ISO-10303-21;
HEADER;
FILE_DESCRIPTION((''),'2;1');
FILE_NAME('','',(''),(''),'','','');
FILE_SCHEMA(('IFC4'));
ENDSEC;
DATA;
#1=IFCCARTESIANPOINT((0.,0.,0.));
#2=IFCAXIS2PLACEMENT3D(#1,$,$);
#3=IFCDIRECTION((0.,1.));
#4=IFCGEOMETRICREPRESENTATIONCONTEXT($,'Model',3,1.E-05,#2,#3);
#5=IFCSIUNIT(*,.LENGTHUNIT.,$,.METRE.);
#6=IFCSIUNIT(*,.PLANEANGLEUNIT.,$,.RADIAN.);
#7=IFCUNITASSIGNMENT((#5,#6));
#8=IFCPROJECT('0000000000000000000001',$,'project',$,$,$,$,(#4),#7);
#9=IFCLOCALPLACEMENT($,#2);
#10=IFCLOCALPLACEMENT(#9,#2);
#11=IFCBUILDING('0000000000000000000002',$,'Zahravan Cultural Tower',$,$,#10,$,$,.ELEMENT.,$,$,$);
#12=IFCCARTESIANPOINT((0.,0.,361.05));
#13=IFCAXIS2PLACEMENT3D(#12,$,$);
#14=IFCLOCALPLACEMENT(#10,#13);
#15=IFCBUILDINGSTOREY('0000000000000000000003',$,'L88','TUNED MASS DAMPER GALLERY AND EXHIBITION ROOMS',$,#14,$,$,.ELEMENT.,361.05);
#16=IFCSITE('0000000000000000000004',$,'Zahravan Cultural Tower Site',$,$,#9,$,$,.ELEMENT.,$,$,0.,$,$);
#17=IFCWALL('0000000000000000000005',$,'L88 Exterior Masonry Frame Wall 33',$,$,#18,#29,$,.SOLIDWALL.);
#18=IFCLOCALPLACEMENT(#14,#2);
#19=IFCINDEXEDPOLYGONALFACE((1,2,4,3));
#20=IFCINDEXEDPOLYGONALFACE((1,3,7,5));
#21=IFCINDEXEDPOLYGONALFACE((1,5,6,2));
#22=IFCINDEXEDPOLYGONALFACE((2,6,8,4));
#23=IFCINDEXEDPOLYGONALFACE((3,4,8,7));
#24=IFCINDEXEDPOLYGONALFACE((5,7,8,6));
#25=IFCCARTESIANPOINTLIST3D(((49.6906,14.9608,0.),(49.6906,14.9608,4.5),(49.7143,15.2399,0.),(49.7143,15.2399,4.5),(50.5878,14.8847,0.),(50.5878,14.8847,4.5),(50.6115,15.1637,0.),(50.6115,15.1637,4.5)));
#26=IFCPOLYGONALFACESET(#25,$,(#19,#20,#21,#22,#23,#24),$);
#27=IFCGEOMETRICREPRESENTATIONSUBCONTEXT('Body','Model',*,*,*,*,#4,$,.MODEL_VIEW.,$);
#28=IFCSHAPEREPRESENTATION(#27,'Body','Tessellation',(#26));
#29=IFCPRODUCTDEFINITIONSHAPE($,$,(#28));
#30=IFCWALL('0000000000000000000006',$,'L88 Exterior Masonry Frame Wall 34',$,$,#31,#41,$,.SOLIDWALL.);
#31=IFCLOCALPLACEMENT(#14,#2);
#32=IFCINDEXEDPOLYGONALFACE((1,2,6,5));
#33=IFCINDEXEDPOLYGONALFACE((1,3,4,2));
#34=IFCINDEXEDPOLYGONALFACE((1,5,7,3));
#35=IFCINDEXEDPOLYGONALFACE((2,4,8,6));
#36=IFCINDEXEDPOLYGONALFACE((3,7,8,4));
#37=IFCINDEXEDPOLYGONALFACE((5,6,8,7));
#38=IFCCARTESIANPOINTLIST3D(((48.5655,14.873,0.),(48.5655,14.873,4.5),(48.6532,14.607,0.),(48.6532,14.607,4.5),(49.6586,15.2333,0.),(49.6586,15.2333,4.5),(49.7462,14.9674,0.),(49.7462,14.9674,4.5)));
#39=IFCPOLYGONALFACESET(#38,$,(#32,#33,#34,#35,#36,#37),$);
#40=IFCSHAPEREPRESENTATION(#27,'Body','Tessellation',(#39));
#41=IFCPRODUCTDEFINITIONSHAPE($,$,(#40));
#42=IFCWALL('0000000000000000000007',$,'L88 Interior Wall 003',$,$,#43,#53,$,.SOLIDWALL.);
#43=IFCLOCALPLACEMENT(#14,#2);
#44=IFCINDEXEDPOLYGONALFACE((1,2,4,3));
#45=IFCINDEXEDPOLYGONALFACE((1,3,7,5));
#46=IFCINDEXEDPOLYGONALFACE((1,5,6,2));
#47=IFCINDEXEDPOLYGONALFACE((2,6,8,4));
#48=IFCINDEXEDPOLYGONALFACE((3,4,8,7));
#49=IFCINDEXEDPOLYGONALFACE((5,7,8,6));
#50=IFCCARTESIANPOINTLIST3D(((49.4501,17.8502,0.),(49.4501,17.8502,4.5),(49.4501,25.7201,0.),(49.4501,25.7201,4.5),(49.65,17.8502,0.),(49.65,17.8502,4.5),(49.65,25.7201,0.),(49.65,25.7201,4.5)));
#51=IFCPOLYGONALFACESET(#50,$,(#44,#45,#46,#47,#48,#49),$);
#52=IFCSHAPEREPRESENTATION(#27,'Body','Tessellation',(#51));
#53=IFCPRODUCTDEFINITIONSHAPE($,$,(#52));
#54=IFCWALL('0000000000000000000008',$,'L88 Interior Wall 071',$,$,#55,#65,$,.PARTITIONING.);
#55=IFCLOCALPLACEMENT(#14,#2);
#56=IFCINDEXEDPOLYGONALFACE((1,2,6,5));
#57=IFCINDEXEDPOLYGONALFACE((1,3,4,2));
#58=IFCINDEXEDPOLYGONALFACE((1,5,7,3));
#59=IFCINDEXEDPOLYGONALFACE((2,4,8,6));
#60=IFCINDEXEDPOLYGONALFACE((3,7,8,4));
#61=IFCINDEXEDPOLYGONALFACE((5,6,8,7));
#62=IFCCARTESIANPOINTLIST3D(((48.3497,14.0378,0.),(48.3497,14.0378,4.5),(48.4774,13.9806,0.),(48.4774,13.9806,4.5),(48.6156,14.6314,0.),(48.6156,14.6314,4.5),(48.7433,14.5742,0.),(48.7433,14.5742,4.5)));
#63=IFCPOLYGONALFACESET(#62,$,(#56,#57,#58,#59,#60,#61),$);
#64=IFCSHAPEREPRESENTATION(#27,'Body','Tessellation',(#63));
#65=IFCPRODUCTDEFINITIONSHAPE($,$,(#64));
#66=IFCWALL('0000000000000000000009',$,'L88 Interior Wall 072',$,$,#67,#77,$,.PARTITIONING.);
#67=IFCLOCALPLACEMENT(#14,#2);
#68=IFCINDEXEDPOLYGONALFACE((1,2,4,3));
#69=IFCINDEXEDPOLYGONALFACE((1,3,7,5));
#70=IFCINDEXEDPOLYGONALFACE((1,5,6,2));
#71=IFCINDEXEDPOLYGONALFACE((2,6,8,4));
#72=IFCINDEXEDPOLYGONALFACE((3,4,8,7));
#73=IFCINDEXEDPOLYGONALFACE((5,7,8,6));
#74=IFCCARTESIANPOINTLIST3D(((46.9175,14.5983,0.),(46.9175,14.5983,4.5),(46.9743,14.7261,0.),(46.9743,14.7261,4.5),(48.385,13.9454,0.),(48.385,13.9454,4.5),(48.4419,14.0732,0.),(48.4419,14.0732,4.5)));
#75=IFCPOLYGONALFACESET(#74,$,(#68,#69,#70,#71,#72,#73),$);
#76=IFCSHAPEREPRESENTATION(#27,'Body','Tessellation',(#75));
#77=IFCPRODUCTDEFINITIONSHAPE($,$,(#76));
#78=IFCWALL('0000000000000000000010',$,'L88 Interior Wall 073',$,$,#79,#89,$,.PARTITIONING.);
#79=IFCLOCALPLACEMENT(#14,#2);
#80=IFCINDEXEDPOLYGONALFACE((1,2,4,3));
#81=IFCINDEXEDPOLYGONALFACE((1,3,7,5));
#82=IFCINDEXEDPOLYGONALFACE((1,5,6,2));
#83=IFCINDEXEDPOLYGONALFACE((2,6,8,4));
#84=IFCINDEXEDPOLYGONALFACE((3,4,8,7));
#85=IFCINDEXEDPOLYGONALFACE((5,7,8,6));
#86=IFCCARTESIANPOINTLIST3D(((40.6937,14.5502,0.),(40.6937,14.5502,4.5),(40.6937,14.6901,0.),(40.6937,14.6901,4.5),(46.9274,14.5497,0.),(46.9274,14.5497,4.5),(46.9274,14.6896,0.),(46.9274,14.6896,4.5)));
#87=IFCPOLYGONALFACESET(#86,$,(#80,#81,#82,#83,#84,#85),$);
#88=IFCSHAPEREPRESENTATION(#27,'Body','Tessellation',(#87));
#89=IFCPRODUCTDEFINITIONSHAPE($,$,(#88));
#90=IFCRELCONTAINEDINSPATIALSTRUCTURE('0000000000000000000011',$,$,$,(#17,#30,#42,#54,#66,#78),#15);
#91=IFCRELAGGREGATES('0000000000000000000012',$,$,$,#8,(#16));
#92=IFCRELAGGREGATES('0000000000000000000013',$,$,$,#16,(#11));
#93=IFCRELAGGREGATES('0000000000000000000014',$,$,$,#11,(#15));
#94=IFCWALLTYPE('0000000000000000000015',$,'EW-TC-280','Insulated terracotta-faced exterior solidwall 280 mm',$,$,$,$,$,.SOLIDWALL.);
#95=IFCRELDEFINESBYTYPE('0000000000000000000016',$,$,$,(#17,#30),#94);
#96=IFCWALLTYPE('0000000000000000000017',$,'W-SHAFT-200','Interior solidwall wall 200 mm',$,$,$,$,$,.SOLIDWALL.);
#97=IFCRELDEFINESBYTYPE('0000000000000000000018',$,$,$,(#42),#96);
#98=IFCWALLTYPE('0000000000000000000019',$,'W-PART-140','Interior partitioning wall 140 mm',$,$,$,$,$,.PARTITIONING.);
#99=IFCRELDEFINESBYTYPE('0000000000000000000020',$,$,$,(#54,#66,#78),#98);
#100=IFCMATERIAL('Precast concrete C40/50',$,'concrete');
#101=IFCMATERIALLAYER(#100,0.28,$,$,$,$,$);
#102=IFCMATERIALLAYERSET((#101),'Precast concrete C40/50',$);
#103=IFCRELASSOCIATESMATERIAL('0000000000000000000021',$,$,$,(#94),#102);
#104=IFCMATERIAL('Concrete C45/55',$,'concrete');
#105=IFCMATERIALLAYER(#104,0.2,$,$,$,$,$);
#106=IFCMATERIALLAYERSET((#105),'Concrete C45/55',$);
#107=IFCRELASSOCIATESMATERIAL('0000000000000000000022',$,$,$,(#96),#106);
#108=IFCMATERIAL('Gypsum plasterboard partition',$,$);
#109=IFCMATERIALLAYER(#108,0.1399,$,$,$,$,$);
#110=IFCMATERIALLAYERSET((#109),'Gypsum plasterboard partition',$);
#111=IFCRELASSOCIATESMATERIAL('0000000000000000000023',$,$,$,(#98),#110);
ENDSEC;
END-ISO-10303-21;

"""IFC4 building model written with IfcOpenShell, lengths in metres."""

from ifc_helpers import new_model, si_unit, direction, frame, frame_2d, origin, place, context, subcontext, project, spatial, rectangle, extrude, source, transform, mapped, material, layer, layer_set, type_object, element, save


model = new_model("IFC4")

# Units and contexts
model_context = context("Model", 3, precision=1e-05, world=origin(), true_north=direction((0.0, 1.0)))
body_context = subcontext(model_context, "Body", "Model", "MODEL_VIEW")
ifc_project = project(units=[si_unit("LENGTHUNIT", "METRE"), si_unit("PLANEANGLEUNIT", "RADIAN")], contexts=[model_context])

# Site, building, storey
site_placement = place(None, origin())
site = spatial("IfcSite", under=ifc_project, at=site_placement, Name="Zahravan Cultural Tower Site", CompositionType="ELEMENT", RefElevation=0.0)
building_placement = place(site_placement, origin())
building = spatial("IfcBuilding", under=site, at=building_placement, Name="Zahravan Cultural Tower", CompositionType="ELEMENT")
storey_placement = place(building_placement, frame((0.0, 0.0, 361.05)))
storey = spatial("IfcBuildingStorey", under=building, at=storey_placement, Name="L88", Description="TUNED MASS DAMPER GALLERY AND EXHIBITION ROOMS", CompositionType="ELEMENT", Elevation=361.05)

# Walls
ifc_material_1 = material(Name="Precast concrete C40/50", Category="concrete")
ifc_layer_1 = layer(ifc_material_1, 0.28)
ifc_layer_set_1 = layer_set([ifc_layer_1], Name="Precast concrete C40/50")
wall_type_1 = type_object("IfcWallType", Name="EW-TC-280", Description="Insulated terracotta-faced exterior solidwall 280 mm", PredefinedType="SOLIDWALL", material=ifc_layer_set_1)
shared_shape_1 = source(origin(), body_context, "Body", "SweptSolid", [
    extrude(rectangle(XDim=0.9004, YDim=0.28, at=frame_2d((0.4502, 0.0))), origin(), (0.0, 0.0, 1.0), 4.5),
])
wall_1_placement = place(storey_placement, frame((50.5996, 15.0242, 0.0), z_axis=(0.0, 0.0, 1.0), x_axis=(-0.996416, 0.084594, 0.0)))
element("IfcWall", 1, at=wall_1_placement, inside=storey, type_object=wall_type_1, Name="L88 Exterior Masonry Frame Wall 33", PredefinedType="SOLIDWALL", context=body_context, shape_type="MappedRepresentation", body=[
    mapped(shared_shape_1, transform((0.0, 0.0, 0.0), x_axis=(1.0, 0.0, 0.0), y_axis=(0.0, 1.0, 0.0), z_axis=(0.0, 0.0, 1.0), scale=1.0)),
])
shared_shape_2 = source(origin(), body_context, "Body", "SweptSolid", [
    extrude(rectangle(XDim=1.1509, YDim=0.28, at=frame_2d((0.5754, 0.0))), origin(), (0.0, 0.0, 1.0), 4.5),
])
wall_2_placement = place(storey_placement, frame((49.7024, 15.1003, 0.0), z_axis=(0.0, 0.0, 1.0), x_axis=(-0.949718, -0.313108, 0.0)))
element("IfcWall", 2, at=wall_2_placement, inside=storey, type_object=wall_type_1, Name="L88 Exterior Masonry Frame Wall 34", PredefinedType="SOLIDWALL", context=body_context, shape_type="MappedRepresentation", body=[
    mapped(shared_shape_2, transform((0.0, 0.0, 0.0), x_axis=(1.0, 0.0, 0.0), y_axis=(0.0, 1.0, 0.0), z_axis=(0.0, 0.0, 1.0), scale=1.0)),
])
ifc_material_2 = material(Name="Concrete C45/55", Category="concrete")
ifc_layer_2 = layer(ifc_material_2, 0.2)
ifc_layer_set_2 = layer_set([ifc_layer_2], Name="Concrete C45/55")
wall_type_2 = type_object("IfcWallType", Name="W-SHAFT-200", Description="Interior solidwall wall 200 mm", PredefinedType="SOLIDWALL", material=ifc_layer_set_2)
shared_shape_3 = source(origin(), body_context, "Body", "SweptSolid", [
    extrude(rectangle(XDim=7.8699, YDim=0.2, at=frame_2d((3.9351, 0.0))), origin(), (0.0, 0.0, 1.0), 4.5),
])
wall_3_placement = place(storey_placement, frame((49.55, 17.8501, 0.0), z_axis=(0.0, 0.0, 1.0), x_axis=(0.0, 1.0, 0.0)))
element("IfcWall", 3, at=wall_3_placement, inside=storey, type_object=wall_type_2, Name="L88 Interior Wall 003", PredefinedType="SOLIDWALL", context=body_context, shape_type="MappedRepresentation", body=[
    mapped(shared_shape_3, transform((0.0, 0.0, 0.0), x_axis=(1.0, 0.0, 0.0), y_axis=(0.0, 1.0, 0.0), z_axis=(0.0, 0.0, 1.0), scale=1.0)),
])
ifc_material_3 = material(Name="Gypsum plasterboard partition")
ifc_layer_3 = layer(ifc_material_3, 0.1399)
ifc_layer_set_3 = layer_set([ifc_layer_3], Name="Gypsum plasterboard partition")
wall_type_3 = type_object("IfcWallType", Name="W-PART-140", Description="Interior partitioning wall 140 mm", PredefinedType="PARTITIONING", material=ifc_layer_set_3)
shared_shape_4 = source(origin(), body_context, "Body", "SweptSolid", [
    extrude(rectangle(XDim=0.6504, YDim=0.1399, at=frame_2d((0.3252, 0.0))), origin(), (0.0, 0.0, 1.0), 4.5),
])
wall_4_placement = place(storey_placement, frame((48.6794, 14.6028, 0.0), z_axis=(0.0, 0.0, 1.0), x_axis=(-0.408819, -0.912616, 0.0)))
element("IfcWall", 4, at=wall_4_placement, inside=storey, type_object=wall_type_3, Name="L88 Interior Wall 071", PredefinedType="PARTITIONING", context=body_context, shape_type="MappedRepresentation", body=[
    mapped(shared_shape_4, transform((0.0, 0.0, 0.0), x_axis=(1.0, 0.0, 0.0), y_axis=(0.0, 1.0, 0.0), z_axis=(0.0, 0.0, 1.0), scale=1.0)),
])
shared_shape_5 = source(origin(), body_context, "Body", "SweptSolid", [
    extrude(rectangle(XDim=1.6062, YDim=0.1399, at=frame_2d((0.8032, 0.0))), origin(), (0.0, 0.0, 1.0), 4.5),
])
wall_5_placement = place(storey_placement, frame((48.4136, 14.0093, 0.0), z_axis=(0.0, 0.0, 1.0), x_axis=(-0.913674, 0.406449, 0.0)))
element("IfcWall", 5, at=wall_5_placement, inside=storey, type_object=wall_type_3, Name="L88 Interior Wall 072", PredefinedType="PARTITIONING", context=body_context, shape_type="MappedRepresentation", body=[
    mapped(shared_shape_5, transform((0.0, 0.0, 0.0), x_axis=(1.0, 0.0, 0.0), y_axis=(0.0, 1.0, 0.0), z_axis=(0.0, 0.0, 1.0), scale=1.0)),
])
shared_shape_6 = source(origin(), body_context, "Body", "SweptSolid", [
    extrude(rectangle(XDim=6.2336, YDim=0.1399, at=frame_2d((3.1167, 0.0))), origin(), (0.0, 0.0, 1.0), 4.5),
])
wall_6_placement = place(storey_placement, frame((46.9272, 14.6196, 0.0), z_axis=(0.0, 0.0, 1.0), x_axis=(-1.0, 0.000078, 0.0)))
element("IfcWall", 6, at=wall_6_placement, inside=storey, type_object=wall_type_3, Name="L88 Interior Wall 073", PredefinedType="PARTITIONING", context=body_context, shape_type="MappedRepresentation", body=[
    mapped(shared_shape_6, transform((0.0, 0.0, 0.0), x_axis=(1.0, 0.0, 0.0), y_axis=(0.0, 1.0, 0.0), z_axis=(0.0, 0.0, 1.0), scale=1.0)),
])

save(model, "model.ifc")
